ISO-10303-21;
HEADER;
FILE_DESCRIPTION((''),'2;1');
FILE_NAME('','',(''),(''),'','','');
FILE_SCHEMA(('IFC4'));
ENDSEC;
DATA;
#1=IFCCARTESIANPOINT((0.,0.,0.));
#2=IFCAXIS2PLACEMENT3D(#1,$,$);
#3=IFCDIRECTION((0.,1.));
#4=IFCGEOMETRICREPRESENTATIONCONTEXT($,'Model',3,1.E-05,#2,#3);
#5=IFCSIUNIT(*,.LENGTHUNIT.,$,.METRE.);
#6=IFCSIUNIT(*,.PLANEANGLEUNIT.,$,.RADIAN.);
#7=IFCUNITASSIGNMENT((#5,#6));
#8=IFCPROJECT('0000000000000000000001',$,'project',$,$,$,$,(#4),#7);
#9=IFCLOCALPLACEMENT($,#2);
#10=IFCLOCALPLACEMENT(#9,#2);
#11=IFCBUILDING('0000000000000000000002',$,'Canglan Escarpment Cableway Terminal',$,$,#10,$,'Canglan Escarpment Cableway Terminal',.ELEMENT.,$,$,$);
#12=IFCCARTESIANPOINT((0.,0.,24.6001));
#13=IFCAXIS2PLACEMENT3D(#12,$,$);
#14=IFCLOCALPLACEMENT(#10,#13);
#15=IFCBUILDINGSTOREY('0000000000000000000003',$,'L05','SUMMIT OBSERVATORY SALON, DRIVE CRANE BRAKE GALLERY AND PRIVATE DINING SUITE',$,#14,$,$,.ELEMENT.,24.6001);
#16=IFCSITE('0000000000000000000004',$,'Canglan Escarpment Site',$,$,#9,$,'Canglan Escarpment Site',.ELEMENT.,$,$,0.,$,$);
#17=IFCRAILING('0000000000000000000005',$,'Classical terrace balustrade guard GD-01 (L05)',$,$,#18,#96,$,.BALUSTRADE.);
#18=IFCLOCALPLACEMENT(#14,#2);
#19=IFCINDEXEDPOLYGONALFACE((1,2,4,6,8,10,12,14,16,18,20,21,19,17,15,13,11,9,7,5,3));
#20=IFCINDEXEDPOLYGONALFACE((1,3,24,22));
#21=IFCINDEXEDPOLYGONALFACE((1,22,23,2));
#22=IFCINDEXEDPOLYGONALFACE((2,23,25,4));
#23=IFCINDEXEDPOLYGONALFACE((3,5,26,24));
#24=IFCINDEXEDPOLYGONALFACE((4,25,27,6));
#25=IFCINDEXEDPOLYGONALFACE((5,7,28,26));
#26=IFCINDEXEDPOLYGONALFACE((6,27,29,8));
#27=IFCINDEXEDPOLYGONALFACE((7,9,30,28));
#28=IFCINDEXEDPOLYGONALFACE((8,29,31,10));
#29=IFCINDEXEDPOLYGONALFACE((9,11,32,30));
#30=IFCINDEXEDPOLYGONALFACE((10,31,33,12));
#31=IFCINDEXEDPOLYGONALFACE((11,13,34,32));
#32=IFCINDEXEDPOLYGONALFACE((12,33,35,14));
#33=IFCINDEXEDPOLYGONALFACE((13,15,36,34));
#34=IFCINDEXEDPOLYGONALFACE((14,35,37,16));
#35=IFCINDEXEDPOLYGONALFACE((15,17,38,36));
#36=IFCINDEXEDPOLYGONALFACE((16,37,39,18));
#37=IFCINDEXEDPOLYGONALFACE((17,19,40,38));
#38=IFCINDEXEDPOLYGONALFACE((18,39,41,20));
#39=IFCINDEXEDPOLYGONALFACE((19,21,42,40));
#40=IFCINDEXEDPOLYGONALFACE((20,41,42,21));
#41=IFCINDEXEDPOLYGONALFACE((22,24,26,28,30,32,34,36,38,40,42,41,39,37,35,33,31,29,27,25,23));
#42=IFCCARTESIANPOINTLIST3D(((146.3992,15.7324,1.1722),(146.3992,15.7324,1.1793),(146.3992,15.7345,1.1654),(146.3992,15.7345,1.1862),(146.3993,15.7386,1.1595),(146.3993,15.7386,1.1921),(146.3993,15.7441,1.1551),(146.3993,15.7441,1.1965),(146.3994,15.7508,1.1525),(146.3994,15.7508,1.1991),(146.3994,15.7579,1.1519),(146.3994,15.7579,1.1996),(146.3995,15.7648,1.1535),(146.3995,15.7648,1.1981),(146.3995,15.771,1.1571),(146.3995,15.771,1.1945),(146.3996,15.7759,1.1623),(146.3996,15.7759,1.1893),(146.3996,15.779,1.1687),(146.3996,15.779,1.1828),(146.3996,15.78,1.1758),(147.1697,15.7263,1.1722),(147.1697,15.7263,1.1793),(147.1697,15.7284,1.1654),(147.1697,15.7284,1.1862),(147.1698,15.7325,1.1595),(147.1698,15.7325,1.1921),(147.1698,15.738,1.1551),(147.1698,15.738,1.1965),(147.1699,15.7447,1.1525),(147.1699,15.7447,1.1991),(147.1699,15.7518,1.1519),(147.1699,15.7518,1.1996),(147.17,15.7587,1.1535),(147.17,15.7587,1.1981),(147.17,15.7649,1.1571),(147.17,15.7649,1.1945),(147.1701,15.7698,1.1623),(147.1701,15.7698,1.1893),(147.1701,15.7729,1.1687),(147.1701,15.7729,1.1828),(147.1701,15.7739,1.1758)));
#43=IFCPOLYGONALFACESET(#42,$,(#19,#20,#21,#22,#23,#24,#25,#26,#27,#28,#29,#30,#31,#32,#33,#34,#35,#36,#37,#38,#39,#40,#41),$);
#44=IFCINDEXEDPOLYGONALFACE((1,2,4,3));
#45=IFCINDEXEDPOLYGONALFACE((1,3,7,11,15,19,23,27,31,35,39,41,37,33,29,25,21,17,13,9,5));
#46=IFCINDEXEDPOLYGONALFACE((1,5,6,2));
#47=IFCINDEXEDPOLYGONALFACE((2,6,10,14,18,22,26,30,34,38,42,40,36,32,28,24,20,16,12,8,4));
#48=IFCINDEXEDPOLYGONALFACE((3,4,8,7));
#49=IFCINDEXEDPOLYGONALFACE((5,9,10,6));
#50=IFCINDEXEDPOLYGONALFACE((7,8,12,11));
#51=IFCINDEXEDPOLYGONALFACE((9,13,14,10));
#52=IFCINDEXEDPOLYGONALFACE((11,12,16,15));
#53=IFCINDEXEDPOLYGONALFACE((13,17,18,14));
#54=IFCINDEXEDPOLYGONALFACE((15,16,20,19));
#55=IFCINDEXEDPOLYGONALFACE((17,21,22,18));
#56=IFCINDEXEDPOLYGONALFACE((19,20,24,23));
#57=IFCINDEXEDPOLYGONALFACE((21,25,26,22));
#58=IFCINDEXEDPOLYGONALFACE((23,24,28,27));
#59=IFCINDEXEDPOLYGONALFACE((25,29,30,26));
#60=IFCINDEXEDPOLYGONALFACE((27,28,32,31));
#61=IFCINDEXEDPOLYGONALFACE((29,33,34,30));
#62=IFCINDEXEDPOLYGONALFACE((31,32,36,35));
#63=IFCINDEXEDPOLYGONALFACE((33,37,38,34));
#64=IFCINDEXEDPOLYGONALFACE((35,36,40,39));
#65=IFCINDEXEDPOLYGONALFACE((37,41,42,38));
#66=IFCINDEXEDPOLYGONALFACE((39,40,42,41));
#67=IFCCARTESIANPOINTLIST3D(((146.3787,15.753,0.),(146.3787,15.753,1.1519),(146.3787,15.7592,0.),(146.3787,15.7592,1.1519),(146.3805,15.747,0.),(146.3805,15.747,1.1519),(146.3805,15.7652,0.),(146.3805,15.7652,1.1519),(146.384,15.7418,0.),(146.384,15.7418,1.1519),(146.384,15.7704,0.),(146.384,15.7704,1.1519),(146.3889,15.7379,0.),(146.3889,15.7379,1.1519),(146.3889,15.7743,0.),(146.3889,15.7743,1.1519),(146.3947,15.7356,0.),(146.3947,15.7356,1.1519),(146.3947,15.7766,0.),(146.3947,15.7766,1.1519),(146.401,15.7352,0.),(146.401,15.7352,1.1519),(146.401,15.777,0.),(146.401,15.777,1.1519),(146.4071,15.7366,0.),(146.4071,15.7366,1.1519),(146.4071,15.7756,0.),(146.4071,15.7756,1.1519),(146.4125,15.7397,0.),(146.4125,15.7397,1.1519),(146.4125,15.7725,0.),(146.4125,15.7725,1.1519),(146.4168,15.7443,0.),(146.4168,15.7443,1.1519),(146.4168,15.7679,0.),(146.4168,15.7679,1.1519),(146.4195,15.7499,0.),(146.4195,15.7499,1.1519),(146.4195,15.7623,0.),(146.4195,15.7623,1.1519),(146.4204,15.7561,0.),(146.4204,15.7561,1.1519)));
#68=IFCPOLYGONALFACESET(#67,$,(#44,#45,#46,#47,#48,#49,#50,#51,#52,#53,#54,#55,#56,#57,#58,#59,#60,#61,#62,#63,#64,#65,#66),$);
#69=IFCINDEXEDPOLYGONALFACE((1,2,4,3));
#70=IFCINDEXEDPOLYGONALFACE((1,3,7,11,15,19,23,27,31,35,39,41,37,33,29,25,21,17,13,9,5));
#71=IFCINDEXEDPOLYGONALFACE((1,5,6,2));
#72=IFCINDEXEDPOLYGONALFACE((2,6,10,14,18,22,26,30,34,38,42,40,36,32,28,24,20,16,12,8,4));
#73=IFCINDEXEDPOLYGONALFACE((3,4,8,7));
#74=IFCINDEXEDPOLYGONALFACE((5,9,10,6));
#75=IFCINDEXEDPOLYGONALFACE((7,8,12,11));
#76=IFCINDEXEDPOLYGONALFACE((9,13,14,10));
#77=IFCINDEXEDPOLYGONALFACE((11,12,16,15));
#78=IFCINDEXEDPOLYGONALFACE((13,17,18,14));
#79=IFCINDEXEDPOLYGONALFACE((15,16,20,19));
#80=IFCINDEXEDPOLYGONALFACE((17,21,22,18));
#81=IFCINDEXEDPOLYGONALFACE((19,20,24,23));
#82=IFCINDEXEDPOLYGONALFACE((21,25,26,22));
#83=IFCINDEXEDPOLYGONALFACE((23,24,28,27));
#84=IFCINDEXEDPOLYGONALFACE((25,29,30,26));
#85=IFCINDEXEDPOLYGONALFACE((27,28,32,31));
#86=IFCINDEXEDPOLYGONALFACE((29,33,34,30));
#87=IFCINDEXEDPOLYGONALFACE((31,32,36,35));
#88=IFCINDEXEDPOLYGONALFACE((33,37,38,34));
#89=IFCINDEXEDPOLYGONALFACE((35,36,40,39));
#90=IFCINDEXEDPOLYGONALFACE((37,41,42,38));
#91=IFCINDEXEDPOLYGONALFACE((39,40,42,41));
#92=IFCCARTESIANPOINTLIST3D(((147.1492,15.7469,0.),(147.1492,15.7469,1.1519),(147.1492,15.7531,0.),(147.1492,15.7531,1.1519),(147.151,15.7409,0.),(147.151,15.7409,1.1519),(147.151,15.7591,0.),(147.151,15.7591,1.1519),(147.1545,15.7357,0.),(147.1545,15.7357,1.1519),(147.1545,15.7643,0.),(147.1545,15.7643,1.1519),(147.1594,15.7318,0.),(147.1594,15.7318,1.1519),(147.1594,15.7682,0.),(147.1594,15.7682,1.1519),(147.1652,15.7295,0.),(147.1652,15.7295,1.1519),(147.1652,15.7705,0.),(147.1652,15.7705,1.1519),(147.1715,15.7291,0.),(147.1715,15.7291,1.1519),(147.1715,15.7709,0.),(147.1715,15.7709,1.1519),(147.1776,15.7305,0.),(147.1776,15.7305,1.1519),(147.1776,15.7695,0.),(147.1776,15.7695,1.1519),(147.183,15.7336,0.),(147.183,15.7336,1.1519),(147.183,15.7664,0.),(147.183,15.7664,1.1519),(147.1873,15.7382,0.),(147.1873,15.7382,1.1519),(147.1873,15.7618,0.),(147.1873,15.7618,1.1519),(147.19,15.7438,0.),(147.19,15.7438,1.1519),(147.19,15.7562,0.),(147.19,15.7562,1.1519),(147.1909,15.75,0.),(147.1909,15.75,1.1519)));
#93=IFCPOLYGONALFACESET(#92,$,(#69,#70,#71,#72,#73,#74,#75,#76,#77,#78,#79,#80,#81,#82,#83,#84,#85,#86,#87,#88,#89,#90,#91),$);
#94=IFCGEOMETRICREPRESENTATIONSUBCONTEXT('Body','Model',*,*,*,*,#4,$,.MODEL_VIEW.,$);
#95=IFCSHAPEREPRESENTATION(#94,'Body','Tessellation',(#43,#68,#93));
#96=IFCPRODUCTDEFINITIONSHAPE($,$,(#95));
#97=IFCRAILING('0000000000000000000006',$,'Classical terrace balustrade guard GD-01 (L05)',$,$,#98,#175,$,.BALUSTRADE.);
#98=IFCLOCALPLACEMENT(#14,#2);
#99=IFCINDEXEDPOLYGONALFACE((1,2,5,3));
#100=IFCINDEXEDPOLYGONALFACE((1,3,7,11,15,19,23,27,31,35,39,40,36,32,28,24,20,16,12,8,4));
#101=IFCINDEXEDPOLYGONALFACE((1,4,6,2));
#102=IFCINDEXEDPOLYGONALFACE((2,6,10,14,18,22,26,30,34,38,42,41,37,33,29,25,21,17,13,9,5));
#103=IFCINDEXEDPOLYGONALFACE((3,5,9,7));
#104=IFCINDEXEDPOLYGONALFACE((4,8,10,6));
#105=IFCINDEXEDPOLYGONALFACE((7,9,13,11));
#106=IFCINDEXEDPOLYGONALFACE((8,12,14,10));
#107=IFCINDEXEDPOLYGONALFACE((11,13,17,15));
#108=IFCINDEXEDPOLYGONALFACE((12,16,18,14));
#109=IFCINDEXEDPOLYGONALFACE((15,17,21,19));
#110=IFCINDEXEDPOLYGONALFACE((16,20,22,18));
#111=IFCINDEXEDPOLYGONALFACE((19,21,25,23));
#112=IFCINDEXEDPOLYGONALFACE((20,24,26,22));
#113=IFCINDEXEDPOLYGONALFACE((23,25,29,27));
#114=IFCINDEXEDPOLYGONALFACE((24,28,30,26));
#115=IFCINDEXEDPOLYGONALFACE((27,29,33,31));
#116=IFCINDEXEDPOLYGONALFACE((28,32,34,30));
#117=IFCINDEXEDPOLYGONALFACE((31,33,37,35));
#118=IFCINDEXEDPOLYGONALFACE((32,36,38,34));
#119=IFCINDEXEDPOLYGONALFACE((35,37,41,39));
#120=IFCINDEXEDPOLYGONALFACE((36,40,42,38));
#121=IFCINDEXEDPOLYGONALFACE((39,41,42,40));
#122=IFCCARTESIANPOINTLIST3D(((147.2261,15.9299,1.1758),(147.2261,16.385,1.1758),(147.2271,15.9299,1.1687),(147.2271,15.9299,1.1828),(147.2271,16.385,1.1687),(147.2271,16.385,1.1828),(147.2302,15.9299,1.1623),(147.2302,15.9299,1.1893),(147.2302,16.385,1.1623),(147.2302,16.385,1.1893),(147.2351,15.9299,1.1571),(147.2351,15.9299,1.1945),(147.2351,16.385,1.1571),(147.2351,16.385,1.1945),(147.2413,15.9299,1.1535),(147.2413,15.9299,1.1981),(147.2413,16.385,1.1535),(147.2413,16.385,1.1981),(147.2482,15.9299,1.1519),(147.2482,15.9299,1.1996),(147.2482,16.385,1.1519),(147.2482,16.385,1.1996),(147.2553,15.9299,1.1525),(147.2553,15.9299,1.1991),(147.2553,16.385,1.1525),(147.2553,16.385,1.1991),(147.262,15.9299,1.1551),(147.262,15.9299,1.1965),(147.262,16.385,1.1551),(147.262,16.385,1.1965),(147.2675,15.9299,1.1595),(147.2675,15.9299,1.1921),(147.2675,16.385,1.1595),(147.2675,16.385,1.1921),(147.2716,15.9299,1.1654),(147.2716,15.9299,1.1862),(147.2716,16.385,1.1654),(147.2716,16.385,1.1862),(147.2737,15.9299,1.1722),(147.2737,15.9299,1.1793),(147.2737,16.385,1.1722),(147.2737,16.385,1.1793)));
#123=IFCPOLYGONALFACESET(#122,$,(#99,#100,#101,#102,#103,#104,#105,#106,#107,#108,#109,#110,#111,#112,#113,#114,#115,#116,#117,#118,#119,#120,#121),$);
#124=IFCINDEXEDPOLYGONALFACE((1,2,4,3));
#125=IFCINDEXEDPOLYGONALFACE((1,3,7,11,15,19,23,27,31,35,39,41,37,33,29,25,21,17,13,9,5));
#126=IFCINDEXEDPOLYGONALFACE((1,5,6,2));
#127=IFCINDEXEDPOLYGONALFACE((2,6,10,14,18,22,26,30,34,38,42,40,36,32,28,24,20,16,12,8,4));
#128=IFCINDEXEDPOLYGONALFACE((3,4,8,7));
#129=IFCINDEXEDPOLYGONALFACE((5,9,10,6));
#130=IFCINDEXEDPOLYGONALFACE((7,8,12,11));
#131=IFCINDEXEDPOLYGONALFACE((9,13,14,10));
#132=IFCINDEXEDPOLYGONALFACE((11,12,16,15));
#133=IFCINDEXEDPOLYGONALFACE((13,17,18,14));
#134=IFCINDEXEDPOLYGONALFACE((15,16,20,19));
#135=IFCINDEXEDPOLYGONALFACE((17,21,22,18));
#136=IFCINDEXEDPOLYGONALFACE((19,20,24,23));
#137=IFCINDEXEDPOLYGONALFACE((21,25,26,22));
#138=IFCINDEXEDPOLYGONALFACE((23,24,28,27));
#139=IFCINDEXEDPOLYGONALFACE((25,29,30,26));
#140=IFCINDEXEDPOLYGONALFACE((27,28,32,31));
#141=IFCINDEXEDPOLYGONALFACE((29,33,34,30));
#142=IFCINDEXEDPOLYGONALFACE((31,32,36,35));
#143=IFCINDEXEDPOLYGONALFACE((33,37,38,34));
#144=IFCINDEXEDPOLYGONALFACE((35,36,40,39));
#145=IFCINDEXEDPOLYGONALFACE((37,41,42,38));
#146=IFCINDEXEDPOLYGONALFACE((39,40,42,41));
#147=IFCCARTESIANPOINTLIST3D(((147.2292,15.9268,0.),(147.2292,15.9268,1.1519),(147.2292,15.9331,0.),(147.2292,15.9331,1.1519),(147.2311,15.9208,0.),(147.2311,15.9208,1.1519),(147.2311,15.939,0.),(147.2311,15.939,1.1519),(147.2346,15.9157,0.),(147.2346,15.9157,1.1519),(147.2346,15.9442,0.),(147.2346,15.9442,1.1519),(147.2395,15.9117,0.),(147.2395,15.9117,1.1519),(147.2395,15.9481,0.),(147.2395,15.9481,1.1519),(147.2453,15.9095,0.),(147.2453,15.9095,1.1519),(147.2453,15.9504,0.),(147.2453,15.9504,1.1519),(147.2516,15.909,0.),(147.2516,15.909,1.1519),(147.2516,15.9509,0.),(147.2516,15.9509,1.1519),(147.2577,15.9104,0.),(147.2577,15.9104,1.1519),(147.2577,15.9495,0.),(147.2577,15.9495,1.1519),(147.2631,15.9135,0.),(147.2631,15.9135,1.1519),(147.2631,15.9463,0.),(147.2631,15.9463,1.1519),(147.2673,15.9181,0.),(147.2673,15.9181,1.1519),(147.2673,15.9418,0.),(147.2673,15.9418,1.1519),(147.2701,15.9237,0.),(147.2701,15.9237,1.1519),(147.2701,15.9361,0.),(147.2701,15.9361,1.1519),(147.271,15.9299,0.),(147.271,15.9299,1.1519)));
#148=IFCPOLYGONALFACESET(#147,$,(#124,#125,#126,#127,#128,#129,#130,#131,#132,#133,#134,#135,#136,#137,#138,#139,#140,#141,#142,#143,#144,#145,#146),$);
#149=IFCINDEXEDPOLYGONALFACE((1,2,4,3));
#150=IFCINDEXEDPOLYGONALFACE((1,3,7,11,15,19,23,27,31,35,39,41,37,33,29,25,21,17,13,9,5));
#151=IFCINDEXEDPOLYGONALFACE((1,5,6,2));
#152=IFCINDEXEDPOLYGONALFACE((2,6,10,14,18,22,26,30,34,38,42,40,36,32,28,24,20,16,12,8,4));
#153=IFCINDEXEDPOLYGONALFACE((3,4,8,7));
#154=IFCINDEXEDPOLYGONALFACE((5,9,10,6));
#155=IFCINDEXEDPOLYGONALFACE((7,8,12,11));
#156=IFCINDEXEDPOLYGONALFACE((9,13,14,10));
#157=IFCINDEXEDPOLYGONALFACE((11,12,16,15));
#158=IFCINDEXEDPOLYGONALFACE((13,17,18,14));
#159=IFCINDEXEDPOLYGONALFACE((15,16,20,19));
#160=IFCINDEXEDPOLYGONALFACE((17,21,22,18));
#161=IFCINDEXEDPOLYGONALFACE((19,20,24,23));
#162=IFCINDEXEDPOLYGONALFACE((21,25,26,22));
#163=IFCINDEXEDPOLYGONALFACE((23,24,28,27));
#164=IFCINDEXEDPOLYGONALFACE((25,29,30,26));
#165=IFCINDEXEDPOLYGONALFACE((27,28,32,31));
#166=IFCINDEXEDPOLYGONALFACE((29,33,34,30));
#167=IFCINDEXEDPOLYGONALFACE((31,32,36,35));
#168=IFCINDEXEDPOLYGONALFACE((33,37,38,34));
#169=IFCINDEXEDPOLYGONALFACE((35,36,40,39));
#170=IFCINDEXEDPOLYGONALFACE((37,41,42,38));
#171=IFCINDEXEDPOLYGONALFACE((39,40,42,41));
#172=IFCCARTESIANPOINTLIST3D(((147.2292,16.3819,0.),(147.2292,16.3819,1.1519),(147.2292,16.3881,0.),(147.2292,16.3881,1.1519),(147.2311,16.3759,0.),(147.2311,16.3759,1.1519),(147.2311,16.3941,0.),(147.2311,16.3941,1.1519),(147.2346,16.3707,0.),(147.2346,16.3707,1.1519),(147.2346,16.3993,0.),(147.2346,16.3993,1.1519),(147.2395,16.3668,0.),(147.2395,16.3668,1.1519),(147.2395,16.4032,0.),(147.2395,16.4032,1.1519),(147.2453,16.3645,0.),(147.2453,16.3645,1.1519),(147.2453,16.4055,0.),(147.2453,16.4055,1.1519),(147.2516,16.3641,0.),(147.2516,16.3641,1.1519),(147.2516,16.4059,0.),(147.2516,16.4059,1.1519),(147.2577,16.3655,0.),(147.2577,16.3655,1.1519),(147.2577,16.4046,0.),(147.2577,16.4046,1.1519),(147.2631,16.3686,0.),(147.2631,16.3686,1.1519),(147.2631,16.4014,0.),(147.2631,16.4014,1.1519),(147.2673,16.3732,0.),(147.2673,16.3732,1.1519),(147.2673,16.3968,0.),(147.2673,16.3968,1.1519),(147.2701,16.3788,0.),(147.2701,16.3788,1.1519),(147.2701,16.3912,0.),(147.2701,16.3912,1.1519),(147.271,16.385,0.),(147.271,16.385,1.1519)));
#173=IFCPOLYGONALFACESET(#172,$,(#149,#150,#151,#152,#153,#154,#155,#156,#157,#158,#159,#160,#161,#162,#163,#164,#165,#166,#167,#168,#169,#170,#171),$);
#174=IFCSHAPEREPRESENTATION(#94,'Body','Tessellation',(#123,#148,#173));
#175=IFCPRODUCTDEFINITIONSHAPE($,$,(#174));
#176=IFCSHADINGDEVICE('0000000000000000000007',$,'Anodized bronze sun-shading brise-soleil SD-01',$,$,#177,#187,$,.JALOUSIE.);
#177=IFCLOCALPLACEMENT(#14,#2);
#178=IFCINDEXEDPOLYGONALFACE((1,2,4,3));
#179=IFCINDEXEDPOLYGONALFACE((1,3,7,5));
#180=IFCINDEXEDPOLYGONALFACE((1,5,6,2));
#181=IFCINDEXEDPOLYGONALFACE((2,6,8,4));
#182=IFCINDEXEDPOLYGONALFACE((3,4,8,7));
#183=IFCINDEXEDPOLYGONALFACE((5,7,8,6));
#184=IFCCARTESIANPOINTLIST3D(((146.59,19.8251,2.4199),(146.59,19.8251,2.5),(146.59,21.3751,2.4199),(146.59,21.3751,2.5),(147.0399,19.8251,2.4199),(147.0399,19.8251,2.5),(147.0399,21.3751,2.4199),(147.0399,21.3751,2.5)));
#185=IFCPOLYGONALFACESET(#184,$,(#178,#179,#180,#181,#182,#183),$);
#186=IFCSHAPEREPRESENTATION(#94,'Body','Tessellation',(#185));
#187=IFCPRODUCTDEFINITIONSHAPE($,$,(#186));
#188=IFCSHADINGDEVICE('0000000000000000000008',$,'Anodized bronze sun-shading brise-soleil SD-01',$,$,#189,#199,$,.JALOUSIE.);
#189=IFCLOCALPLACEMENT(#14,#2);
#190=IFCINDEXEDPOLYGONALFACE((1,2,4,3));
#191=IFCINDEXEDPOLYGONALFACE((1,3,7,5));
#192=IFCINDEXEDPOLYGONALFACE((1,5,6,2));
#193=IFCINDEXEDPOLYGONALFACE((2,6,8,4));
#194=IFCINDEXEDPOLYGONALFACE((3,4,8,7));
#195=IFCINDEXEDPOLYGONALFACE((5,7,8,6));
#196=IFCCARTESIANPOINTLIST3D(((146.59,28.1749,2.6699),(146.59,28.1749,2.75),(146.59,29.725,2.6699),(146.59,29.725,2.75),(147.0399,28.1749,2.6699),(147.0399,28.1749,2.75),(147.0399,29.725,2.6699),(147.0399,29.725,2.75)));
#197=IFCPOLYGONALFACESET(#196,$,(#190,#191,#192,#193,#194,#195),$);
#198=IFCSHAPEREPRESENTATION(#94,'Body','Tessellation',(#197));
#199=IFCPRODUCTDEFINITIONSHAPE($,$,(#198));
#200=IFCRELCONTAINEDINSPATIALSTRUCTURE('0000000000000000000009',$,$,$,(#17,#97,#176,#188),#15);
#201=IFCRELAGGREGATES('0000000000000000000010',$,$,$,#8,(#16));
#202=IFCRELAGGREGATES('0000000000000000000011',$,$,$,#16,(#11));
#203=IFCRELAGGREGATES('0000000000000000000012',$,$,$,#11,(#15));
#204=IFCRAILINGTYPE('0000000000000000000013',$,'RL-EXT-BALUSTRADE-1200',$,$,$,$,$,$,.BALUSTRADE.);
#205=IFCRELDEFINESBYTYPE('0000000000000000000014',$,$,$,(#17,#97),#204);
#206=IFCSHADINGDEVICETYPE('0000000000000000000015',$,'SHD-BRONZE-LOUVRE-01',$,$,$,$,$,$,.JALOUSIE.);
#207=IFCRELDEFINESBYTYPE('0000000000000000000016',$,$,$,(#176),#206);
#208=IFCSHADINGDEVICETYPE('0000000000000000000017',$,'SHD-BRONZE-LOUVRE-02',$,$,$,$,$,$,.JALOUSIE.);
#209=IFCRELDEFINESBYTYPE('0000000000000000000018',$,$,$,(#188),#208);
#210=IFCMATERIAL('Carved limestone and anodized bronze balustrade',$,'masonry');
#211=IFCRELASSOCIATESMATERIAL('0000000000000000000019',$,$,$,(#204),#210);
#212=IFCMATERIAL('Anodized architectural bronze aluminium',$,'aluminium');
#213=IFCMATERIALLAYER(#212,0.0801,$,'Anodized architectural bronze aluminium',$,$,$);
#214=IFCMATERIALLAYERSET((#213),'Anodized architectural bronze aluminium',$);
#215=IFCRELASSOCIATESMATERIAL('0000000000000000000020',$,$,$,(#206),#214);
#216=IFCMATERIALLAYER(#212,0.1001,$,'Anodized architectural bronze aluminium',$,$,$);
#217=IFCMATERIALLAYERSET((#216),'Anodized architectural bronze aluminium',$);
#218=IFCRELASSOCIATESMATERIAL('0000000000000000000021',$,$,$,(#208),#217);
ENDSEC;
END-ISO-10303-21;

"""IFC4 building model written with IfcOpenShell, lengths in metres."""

from ifc_helpers import new_model, si_unit, direction, frame, origin, origin_2d, place, context, subcontext, project, spatial, rectangle, circle, extrude, material, layer, layer_set, type_object, element, save


model = new_model("IFC4")

# Units and contexts
model_context = context("Model", 3, precision=1e-05, world=origin(), true_north=direction((0.0, 1.0)))
body_context = subcontext(model_context, "Body", "Model", "MODEL_VIEW")
ifc_project = project(units=[si_unit("LENGTHUNIT", "METRE"), si_unit("PLANEANGLEUNIT", "RADIAN")], contexts=[model_context])

# Site, building, storey
site_placement = place(None, origin())
site = spatial("IfcSite", under=ifc_project, at=site_placement, Name="Canglan Escarpment Site", LongName="Canglan Escarpment Site", CompositionType="ELEMENT", RefElevation=0.0)
building_placement = place(site_placement, origin())
building = spatial("IfcBuilding", under=site, at=building_placement, Name="Canglan Escarpment Cableway Terminal", LongName="Canglan Escarpment Cableway Terminal", CompositionType="ELEMENT")
storey_placement = place(building_placement, frame((0.0, 0.0, 24.6001)))
storey = spatial("IfcBuildingStorey", under=building, at=storey_placement, Name="L05", Description="SUMMIT OBSERVATORY SALON, DRIVE CRANE BRAKE GALLERY AND PRIVATE DINING SUITE", CompositionType="ELEMENT", Elevation=24.6001)

# Railings
ifc_material_1 = material(Name="Carved limestone and anodized bronze balustrade", Category="masonry")
railing_type = type_object("IfcRailingType", Name="RL-EXT-BALUSTRADE-1200", PredefinedType="BALUSTRADE", material=ifc_material_1)
railing_1_placement = place(storey_placement, frame((146.3994, 15.7561, 0.0)))
element("IfcRailing", 1, at=railing_1_placement, inside=storey, type_object=railing_type, Name="Classical terrace balustrade guard GD-01 (L05)", PredefinedType="BALUSTRADE", context=body_context, shape_type="SweptSolid", body=[
    extrude(circle(Radius=0.0239, at=origin_2d()), frame((0.0, 0.0, 1.1758), z_axis=(0.999969, -0.007921, 0.0), x_axis=(0.007921, 0.999969, 0.0)), (0.0, 0.0, 1.0), 0.7705),
    extrude(circle(Radius=0.021, at=origin_2d()), origin(), (0.0, 0.0, 1.0), 1.1519),
    extrude(circle(Radius=0.021, at=origin_2d()), frame((0.7705, -0.0061, 0.0)), (0.0, 0.0, 1.0), 1.1519),
])
railing_2_placement = place(storey_placement, frame((147.25, 15.9299, 0.0)))
element("IfcRailing", 2, at=railing_2_placement, inside=storey, type_object=railing_type, Name="Classical terrace balustrade guard GD-01 (L05)", PredefinedType="BALUSTRADE", context=body_context, shape_type="SweptSolid", body=[
    extrude(circle(Radius=0.0239, at=origin_2d()), frame((0.0, 0.0, 1.1758), z_axis=(0.0, 1.0, 0.0), x_axis=(-1.0, 0.0, 0.0)), (0.0, 0.0, 1.0), 0.4551),
    extrude(circle(Radius=0.021, at=origin_2d()), origin(), (0.0, 0.0, 1.0), 1.1519),
    extrude(circle(Radius=0.021, at=origin_2d()), frame((0.0, 0.4551, 0.0)), (0.0, 0.0, 1.0), 1.1519),
])

# Shading devices
ifc_material_2 = material(Name="Anodized architectural bronze aluminium", Category="aluminium")
ifc_layer_1 = layer(ifc_material_2, 0.0801, Name="Anodized architectural bronze aluminium")
ifc_layer_set_1 = layer_set([ifc_layer_1], Name="Anodized architectural bronze aluminium")
shading_device_type_1 = type_object("IfcShadingDeviceType", Name="SHD-BRONZE-LOUVRE-01", PredefinedType="JALOUSIE", material=ifc_layer_set_1)
shading_device_1_placement = place(storey_placement, frame((146.8149, 20.6001, 2.4199), z_axis=(0.0, 0.0, 1.0), x_axis=(0.0, -1.0, 0.0)))
element("IfcShadingDevice", 3, at=shading_device_1_placement, inside=storey, type_object=shading_device_type_1, Name="Anodized bronze sun-shading brise-soleil SD-01", PredefinedType="JALOUSIE", context=body_context, shape_type="SweptSolid", body=[
    extrude(rectangle(XDim=1.55, YDim=0.45, at=origin_2d()), origin(), (0.0, 0.0, 1.0), 0.0801),
])
ifc_layer_2 = layer(ifc_material_2, 0.1001, Name="Anodized architectural bronze aluminium")
ifc_layer_set_2 = layer_set([ifc_layer_2], Name="Anodized architectural bronze aluminium")
shading_device_type_2 = type_object("IfcShadingDeviceType", Name="SHD-BRONZE-LOUVRE-02", PredefinedType="JALOUSIE", material=ifc_layer_set_2)
shading_device_2_placement = place(storey_placement, frame((146.8149, 28.95, 2.6699), z_axis=(0.0, 0.0, 1.0), x_axis=(0.0, -1.0, 0.0)))
element("IfcShadingDevice", 4, at=shading_device_2_placement, inside=storey, type_object=shading_device_type_2, Name="Anodized bronze sun-shading brise-soleil SD-01", PredefinedType="JALOUSIE", context=body_context, shape_type="SweptSolid", body=[
    extrude(rectangle(XDim=1.55, YDim=0.45, at=origin_2d()), origin(), (0.0, 0.0, 1.0), 0.0801),
])

save(model, "model.ifc")
